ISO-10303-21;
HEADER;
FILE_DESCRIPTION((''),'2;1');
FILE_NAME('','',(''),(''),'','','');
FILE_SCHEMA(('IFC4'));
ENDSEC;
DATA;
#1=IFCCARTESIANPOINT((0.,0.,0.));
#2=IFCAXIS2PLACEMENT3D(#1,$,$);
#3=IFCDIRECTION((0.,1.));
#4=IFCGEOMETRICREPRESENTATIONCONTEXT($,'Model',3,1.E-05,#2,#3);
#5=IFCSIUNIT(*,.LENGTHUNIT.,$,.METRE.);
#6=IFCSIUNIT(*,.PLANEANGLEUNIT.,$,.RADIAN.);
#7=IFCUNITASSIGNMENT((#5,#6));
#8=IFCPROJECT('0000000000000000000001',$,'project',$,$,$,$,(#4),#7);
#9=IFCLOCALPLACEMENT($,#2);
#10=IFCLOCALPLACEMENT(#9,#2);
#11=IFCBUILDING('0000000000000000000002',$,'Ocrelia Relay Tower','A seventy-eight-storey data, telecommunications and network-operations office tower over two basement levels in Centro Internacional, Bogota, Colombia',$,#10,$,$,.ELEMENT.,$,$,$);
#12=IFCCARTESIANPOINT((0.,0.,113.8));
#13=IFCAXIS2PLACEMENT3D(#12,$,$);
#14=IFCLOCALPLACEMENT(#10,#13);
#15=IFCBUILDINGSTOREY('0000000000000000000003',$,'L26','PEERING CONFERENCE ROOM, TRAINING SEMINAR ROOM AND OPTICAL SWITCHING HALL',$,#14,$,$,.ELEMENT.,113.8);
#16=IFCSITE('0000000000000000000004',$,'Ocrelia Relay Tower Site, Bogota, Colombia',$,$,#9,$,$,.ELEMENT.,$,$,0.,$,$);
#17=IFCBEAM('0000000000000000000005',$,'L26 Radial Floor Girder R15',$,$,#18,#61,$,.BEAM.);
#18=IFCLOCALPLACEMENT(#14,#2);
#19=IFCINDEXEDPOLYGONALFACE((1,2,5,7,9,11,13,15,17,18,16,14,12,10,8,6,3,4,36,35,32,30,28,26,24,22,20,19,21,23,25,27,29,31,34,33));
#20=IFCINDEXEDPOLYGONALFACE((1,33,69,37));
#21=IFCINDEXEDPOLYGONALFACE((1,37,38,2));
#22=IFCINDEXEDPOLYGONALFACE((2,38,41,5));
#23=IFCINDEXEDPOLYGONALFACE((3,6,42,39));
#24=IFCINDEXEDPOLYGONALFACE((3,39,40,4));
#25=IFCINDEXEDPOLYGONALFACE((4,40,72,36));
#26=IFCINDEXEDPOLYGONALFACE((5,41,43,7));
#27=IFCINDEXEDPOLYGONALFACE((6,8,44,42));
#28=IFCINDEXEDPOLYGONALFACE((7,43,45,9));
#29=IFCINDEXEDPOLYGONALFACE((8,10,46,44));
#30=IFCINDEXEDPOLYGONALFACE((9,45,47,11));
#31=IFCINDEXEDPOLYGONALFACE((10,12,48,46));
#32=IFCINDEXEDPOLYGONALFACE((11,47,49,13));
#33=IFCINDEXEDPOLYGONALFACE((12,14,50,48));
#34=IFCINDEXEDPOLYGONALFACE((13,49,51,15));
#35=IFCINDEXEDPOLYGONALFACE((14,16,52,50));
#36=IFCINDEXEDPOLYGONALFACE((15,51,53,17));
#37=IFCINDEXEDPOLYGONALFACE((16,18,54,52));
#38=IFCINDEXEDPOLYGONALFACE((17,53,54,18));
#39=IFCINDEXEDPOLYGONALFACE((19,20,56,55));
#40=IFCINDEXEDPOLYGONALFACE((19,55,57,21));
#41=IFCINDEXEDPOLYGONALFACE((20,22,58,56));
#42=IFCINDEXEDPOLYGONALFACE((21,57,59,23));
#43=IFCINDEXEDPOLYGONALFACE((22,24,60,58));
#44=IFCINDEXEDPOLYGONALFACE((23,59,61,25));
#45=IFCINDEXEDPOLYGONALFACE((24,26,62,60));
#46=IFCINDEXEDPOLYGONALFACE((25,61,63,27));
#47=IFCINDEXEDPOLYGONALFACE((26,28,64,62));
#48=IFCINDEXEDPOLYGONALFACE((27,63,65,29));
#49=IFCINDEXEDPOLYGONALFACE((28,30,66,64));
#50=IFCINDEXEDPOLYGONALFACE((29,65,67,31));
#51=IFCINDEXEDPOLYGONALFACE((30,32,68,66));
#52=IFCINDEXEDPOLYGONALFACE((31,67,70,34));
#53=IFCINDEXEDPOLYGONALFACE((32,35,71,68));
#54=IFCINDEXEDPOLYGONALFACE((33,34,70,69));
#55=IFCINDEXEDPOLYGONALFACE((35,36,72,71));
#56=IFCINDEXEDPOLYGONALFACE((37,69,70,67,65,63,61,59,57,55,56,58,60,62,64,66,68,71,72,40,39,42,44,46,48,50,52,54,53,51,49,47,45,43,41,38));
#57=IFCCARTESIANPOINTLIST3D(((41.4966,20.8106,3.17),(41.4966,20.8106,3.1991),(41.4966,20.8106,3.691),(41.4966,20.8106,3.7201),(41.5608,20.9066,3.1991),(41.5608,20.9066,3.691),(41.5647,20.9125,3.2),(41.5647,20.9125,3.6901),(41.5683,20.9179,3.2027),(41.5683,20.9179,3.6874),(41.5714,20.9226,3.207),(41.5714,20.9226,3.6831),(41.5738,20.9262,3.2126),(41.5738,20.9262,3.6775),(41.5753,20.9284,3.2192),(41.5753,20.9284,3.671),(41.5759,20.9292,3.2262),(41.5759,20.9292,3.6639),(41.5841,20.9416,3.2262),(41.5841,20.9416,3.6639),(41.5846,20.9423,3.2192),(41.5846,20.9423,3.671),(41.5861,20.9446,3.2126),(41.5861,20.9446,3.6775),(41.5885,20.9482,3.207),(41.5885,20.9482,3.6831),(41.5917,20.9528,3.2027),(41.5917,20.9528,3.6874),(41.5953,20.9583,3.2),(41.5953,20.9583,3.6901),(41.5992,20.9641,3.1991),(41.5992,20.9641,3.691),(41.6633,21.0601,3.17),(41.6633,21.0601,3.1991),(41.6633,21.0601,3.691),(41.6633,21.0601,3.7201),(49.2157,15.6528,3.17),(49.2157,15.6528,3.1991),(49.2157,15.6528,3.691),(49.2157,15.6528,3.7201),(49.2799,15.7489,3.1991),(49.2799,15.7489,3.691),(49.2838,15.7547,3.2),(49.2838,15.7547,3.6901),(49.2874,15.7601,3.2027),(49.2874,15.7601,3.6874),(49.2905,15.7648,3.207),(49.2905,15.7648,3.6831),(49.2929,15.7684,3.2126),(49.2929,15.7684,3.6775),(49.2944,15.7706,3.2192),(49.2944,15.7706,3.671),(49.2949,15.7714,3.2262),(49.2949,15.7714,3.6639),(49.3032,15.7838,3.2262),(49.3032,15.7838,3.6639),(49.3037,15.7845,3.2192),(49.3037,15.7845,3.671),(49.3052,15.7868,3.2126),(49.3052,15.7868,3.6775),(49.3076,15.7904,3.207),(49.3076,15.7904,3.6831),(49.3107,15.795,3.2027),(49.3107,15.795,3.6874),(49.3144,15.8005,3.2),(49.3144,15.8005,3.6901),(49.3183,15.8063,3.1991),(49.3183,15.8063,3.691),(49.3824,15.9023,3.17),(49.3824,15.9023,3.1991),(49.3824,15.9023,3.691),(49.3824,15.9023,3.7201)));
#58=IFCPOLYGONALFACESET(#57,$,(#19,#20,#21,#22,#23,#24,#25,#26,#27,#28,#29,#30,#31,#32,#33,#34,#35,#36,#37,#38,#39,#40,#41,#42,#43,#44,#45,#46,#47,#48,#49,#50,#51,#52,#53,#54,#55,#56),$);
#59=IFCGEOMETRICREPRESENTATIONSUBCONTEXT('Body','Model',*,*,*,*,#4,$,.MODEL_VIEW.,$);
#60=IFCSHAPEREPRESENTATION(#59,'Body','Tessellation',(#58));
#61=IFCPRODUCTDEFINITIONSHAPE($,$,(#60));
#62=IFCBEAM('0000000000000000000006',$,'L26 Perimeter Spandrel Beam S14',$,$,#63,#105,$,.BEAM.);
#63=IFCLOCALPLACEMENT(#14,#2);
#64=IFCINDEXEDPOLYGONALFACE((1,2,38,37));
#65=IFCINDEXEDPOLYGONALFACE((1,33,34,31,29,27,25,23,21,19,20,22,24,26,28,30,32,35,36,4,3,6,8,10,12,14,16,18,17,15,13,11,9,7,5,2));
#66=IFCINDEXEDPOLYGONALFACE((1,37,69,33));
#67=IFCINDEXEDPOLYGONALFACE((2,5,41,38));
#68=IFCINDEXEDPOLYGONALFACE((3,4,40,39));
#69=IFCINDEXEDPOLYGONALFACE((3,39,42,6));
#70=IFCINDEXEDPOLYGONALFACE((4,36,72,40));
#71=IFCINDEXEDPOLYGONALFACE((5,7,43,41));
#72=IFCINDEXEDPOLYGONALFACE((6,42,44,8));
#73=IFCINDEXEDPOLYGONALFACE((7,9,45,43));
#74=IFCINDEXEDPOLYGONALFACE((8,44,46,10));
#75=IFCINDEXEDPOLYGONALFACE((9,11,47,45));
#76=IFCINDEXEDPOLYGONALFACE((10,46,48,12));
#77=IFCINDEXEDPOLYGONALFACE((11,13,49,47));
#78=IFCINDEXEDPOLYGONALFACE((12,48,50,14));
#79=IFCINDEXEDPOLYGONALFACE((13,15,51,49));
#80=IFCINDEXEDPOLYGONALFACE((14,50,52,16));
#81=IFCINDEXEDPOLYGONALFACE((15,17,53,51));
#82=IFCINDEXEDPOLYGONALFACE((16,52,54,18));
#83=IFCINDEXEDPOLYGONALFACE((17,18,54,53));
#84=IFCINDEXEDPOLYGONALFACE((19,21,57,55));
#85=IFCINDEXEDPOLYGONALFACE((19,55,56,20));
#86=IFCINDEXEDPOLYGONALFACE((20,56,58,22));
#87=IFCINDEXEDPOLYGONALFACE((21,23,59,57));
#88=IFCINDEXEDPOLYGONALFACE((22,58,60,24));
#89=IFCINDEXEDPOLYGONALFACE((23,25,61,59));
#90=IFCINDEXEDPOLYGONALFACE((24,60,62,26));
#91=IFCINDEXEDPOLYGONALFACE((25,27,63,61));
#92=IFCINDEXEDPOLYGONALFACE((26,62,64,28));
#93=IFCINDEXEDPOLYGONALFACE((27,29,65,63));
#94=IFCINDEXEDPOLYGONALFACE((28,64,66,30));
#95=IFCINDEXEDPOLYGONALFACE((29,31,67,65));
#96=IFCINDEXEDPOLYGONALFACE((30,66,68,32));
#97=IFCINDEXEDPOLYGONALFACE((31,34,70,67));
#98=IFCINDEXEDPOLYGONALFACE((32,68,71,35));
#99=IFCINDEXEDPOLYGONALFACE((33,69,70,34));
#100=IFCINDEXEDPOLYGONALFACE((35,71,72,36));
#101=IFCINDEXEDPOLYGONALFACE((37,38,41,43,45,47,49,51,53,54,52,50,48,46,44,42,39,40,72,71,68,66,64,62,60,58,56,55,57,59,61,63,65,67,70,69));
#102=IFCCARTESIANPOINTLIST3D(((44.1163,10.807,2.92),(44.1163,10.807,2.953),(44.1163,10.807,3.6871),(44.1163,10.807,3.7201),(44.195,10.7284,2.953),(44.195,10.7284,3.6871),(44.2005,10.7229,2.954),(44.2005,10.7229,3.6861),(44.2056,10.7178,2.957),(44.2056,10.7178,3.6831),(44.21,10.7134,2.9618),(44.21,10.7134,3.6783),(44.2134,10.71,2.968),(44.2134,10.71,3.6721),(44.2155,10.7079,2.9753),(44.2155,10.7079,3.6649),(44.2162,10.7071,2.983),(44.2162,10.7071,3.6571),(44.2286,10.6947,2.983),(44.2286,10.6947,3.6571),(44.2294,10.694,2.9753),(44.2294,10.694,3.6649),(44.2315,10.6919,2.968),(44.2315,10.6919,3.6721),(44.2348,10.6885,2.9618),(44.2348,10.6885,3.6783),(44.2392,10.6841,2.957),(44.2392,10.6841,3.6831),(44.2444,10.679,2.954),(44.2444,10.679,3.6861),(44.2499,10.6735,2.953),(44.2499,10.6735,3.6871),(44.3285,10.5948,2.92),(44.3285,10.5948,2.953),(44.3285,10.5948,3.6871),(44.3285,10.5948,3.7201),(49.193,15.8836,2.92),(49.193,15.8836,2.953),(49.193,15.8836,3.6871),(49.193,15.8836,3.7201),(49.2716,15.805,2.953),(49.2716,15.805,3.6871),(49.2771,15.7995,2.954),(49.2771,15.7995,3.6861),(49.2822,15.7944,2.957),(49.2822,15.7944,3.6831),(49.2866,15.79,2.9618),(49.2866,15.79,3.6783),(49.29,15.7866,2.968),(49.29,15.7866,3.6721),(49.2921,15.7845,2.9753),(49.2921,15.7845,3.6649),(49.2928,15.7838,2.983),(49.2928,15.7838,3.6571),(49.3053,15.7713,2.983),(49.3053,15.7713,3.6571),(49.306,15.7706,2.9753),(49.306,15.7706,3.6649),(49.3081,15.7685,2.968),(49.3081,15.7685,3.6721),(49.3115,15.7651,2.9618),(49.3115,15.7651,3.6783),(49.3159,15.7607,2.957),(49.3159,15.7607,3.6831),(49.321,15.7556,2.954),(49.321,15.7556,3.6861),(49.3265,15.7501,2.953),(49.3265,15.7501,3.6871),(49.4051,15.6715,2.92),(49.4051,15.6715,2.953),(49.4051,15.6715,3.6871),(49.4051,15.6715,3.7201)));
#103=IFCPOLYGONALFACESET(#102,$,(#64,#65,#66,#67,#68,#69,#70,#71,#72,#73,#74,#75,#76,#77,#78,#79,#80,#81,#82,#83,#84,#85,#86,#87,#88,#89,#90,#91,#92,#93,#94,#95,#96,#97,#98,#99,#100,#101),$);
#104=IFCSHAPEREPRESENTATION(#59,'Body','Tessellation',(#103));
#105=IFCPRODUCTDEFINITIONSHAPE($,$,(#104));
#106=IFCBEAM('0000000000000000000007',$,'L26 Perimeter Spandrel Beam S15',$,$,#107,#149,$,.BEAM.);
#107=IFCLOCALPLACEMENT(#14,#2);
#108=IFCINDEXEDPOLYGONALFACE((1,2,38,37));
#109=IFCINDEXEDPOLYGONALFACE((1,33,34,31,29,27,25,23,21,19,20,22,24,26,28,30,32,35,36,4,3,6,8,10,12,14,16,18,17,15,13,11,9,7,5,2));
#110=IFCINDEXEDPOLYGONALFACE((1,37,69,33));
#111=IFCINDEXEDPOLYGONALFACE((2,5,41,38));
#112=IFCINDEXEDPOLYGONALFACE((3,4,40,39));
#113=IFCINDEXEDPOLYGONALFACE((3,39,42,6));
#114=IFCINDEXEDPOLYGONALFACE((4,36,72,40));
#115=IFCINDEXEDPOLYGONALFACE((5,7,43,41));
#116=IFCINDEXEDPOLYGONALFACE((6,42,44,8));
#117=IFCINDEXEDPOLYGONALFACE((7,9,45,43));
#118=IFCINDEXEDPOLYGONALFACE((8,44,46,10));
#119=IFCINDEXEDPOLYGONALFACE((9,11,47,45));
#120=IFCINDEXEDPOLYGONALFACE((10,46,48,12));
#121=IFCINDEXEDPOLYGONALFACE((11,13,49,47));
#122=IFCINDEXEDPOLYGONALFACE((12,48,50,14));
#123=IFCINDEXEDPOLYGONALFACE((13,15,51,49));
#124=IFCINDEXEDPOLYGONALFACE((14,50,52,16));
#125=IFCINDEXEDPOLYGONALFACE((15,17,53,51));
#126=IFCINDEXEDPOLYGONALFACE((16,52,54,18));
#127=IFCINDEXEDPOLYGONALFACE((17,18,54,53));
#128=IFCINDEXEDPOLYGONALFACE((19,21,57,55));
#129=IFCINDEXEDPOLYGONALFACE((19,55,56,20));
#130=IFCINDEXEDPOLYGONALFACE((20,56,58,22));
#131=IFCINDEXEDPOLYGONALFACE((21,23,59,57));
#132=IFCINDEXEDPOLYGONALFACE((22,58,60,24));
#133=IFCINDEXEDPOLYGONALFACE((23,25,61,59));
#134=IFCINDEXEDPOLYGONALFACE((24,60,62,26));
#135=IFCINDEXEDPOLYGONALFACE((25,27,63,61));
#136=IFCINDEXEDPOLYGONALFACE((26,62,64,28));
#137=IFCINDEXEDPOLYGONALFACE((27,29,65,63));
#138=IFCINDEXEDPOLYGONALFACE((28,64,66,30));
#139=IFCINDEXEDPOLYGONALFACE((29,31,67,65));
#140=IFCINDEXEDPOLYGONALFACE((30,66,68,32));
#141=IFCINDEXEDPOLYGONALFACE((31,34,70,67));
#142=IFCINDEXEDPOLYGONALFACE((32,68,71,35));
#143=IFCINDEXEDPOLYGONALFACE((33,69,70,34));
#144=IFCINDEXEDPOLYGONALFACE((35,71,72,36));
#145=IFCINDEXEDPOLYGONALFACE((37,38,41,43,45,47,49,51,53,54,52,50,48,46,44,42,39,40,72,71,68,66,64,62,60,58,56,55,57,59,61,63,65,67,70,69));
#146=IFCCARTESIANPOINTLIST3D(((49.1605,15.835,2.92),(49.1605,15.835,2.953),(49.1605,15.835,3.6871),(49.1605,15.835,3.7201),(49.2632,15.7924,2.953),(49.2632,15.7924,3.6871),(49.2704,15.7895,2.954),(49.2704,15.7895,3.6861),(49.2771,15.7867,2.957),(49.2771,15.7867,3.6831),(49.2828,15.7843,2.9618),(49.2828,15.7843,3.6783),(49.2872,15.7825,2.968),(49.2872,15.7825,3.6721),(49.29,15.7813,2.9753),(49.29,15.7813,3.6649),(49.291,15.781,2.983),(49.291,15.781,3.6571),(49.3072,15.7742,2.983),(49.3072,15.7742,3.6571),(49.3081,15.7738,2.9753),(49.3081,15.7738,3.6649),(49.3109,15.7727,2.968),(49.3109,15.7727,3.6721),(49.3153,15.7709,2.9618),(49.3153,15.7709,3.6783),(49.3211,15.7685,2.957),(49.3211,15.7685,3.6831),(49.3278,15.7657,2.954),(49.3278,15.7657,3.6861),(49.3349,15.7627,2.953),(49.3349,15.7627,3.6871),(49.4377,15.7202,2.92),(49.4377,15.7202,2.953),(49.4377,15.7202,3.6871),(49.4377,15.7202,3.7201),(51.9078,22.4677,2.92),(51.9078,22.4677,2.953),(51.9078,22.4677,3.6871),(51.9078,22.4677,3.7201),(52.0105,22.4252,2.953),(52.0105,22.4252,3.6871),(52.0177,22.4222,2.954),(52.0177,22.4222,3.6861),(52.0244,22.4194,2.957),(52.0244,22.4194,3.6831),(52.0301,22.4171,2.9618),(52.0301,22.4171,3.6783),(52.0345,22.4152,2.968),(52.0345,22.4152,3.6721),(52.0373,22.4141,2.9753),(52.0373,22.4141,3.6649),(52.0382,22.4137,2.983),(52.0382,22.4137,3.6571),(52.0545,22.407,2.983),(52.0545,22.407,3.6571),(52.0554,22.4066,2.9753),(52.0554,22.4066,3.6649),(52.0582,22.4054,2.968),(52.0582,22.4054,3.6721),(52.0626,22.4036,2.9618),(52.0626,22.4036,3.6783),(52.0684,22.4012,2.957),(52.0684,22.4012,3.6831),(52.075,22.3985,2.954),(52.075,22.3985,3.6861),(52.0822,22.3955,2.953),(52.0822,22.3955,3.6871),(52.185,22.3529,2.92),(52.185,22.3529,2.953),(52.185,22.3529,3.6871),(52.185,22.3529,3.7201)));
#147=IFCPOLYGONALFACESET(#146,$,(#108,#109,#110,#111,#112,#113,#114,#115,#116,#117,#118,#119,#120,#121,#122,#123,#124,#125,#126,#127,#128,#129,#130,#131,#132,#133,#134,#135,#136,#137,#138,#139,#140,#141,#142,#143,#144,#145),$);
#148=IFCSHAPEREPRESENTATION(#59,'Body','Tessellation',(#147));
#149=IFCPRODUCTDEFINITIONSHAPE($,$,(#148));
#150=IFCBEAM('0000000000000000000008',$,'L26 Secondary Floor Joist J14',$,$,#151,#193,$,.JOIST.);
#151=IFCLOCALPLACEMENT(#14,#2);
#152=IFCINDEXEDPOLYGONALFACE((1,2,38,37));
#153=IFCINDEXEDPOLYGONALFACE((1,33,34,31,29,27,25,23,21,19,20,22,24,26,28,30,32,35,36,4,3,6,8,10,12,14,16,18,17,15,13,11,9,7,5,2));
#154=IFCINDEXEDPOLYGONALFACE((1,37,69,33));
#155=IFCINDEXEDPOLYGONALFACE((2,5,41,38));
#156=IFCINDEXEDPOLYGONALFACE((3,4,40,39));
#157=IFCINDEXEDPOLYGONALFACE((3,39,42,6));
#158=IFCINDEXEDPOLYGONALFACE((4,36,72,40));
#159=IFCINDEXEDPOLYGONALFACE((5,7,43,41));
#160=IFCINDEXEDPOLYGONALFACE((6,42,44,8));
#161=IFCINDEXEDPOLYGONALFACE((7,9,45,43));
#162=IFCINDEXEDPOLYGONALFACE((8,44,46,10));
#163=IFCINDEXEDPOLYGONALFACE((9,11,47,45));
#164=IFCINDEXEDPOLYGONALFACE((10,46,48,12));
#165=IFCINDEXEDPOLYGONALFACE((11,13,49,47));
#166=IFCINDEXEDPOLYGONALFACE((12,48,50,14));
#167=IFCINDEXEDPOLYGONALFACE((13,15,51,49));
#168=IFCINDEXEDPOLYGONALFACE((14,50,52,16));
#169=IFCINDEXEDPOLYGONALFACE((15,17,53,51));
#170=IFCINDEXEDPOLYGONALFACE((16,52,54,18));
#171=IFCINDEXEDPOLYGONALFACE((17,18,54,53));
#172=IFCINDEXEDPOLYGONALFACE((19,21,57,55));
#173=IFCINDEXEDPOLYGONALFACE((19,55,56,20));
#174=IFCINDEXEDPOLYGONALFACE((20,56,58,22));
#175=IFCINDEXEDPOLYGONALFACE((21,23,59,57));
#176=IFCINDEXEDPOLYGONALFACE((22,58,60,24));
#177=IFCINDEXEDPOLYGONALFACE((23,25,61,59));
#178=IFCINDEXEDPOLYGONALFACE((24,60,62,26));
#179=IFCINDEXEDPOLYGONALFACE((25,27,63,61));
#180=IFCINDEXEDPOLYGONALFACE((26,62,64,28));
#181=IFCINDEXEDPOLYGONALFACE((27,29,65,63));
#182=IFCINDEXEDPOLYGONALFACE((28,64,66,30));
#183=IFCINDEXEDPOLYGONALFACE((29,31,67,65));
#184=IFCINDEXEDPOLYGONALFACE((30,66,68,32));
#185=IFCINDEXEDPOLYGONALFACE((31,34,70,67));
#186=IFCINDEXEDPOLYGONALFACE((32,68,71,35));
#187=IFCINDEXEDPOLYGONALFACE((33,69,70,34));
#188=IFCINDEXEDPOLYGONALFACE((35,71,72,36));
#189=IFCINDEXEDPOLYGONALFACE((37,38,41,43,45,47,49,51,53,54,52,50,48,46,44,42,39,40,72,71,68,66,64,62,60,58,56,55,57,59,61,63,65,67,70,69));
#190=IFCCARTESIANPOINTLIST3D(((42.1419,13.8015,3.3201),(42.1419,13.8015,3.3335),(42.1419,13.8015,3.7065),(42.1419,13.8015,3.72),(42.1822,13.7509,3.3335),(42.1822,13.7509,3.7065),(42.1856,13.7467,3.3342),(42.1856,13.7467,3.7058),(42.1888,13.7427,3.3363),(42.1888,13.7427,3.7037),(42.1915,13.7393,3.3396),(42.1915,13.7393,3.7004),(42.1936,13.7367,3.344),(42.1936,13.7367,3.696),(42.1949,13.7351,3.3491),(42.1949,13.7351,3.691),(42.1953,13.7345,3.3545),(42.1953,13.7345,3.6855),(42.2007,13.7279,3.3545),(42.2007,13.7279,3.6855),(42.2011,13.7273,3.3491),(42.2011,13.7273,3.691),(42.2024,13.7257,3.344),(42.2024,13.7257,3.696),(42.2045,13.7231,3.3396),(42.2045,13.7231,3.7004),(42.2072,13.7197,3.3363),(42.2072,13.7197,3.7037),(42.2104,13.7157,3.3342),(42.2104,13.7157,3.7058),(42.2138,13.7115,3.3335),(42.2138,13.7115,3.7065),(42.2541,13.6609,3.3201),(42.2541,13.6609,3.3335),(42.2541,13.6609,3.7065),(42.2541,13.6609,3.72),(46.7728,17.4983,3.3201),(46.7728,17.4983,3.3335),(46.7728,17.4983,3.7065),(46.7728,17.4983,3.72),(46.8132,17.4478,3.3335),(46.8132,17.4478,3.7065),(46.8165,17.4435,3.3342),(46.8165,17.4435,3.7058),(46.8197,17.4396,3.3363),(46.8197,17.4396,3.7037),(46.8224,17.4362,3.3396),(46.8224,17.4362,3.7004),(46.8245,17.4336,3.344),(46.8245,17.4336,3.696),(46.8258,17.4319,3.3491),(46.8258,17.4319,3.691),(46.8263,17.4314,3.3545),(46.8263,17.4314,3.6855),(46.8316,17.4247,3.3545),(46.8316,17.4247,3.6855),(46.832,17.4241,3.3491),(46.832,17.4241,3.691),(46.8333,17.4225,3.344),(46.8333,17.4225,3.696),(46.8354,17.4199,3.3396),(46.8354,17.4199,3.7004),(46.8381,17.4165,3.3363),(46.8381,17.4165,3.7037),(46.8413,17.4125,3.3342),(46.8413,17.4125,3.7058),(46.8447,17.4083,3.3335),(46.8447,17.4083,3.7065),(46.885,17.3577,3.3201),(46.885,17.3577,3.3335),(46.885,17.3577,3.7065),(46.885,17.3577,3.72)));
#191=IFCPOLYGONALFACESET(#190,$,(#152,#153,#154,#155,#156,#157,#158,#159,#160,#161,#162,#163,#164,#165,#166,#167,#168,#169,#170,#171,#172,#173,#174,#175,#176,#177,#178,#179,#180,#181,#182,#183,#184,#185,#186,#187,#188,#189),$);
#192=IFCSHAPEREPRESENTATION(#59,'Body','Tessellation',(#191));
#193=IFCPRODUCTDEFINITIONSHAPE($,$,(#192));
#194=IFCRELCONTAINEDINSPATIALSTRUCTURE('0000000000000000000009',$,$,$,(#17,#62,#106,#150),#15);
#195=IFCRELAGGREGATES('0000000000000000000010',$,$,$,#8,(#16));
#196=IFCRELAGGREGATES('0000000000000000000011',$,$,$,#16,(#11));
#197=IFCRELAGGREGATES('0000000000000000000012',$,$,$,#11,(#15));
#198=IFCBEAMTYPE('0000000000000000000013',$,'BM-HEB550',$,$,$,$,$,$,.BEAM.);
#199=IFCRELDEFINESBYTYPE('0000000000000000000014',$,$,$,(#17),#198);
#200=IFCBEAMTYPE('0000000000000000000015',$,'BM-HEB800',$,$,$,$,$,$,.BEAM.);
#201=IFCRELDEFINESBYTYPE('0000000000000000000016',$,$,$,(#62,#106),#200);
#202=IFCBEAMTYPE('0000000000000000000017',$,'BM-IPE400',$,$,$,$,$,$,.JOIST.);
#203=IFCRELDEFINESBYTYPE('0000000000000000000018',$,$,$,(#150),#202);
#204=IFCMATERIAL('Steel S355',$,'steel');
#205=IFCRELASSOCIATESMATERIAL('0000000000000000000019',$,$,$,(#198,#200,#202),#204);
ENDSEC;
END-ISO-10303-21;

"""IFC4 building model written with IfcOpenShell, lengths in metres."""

from ifc_helpers import new_model, si_unit, direction, frame, origin, origin_2d, place, context, subcontext, project, spatial, i_section, extrude, material, material_profile, profile_set, type_object, element, save


model = new_model("IFC4")

# Units and contexts
model_context = context("Model", 3, precision=1e-05, world=origin(), true_north=direction((0.0, 1.0)))
body_context = subcontext(model_context, "Body", "Model", "MODEL_VIEW")
ifc_project = project(units=[si_unit("LENGTHUNIT", "METRE"), si_unit("PLANEANGLEUNIT", "RADIAN")], contexts=[model_context])

# Site, building, storey
site_placement = place(None, origin())
site = spatial("IfcSite", under=ifc_project, at=site_placement, Name="Ocrelia Relay Tower Site, Bogota, Colombia", CompositionType="ELEMENT", RefElevation=0.0)
building_placement = place(site_placement, origin())
building = spatial("IfcBuilding", under=site, at=building_placement, Name="Ocrelia Relay Tower", Description="A seventy-eight-storey data, telecommunications and network-operations office tower over two basement levels in Centro Internacional, Bogota, Colombia", CompositionType="ELEMENT")
storey_placement = place(building_placement, frame((0.0, 0.0, 113.8)))
storey = spatial("IfcBuildingStorey", under=building, at=storey_placement, Name="L26", Description="PEERING CONFERENCE ROOM, TRAINING SEMINAR ROOM AND OPTICAL SWITCHING HALL", CompositionType="ELEMENT", Elevation=113.8)

# Beams
ifc_material_1 = material(Name="Steel S355", Category="steel")
ifc_material_profile_1 = material_profile(ifc_material_1, i_section(OverallWidth=0.3, OverallDepth=0.55, WebThickness=0.0149, FlangeThickness=0.0291, FilletRadius=0.0271, at=origin_2d()), Name="HEB 550")
ifc_profile_set_1 = profile_set([ifc_material_profile_1], Name="Steel S355")
beam_type_1 = type_object("IfcBeamType", Name="BM-HEB550", PredefinedType="BEAM", material=ifc_profile_set_1)
beam_1_placement = place(storey_placement, frame((49.2991, 15.7776, 3.4451), z_axis=(-0.831467, 0.555574, 0.0), x_axis=(-0.555574, -0.831467, 0.0)))
element("IfcBeam", 1, at=beam_1_placement, inside=storey, type_object=beam_type_1, Name="L26 Radial Floor Girder R15", PredefinedType="BEAM", context=body_context, shape_type="SweptSolid", body=[
    extrude(i_section(OverallWidth=0.3, OverallDepth=0.55, WebThickness=0.0149, FlangeThickness=0.0291, FilletRadius=0.0271, at=origin_2d()), origin(), (0.0, 0.0, 1.0), 9.2837),
])
ifc_material_profile_2 = material_profile(ifc_material_1, i_section(OverallWidth=0.3, OverallDepth=0.8, WebThickness=0.0176, FlangeThickness=0.033, FilletRadius=0.03, at=origin_2d()), Name="HEB 800")
ifc_profile_set_2 = profile_set([ifc_material_profile_2], Name="Steel S355")
beam_type_2 = type_object("IfcBeamType", Name="BM-HEB800", PredefinedType="BEAM", material=ifc_profile_set_2)
beam_2_placement = place(storey_placement, frame((44.2224, 10.7009, 3.3201), z_axis=(0.707107, 0.707107, 0.0), x_axis=(-0.707107, 0.707107, 0.0)))
element("IfcBeam", 2, at=beam_2_placement, inside=storey, type_object=beam_type_2, Name="L26 Perimeter Spandrel Beam S14", PredefinedType="BEAM", context=body_context, shape_type="SweptSolid", body=[
    extrude(i_section(OverallWidth=0.3, OverallDepth=0.8, WebThickness=0.0176, FlangeThickness=0.033, FilletRadius=0.03, at=origin_2d()), origin(), (0.0, 0.0, 1.0), 7.1794),
])
beam_3_placement = place(storey_placement, frame((49.2991, 15.7776, 3.3201), z_axis=(0.382673, 0.923884, 0.0), x_axis=(-0.923884, 0.382673, 0.0)))
element("IfcBeam", 3, at=beam_3_placement, inside=storey, type_object=beam_type_2, Name="L26 Perimeter Spandrel Beam S15", PredefinedType="BEAM", context=body_context, shape_type="SweptSolid", body=[
    extrude(i_section(OverallWidth=0.3, OverallDepth=0.8, WebThickness=0.0176, FlangeThickness=0.033, FilletRadius=0.03, at=origin_2d()), origin(), (0.0, 0.0, 1.0), 7.1792),
])
ifc_material_profile_3 = material_profile(ifc_material_1, i_section(OverallWidth=0.1799, OverallDepth=0.3999, WebThickness=0.0085, FlangeThickness=0.0134, FilletRadius=0.021, at=origin_2d()), Name="IPE 400")
ifc_profile_set_3 = profile_set([ifc_material_profile_3], Name="Steel S355")
beam_type_3 = type_object("IfcBeamType", Name="BM-IPE400", PredefinedType="JOIST", material=ifc_profile_set_3)
beam_4_placement = place(storey_placement, frame((42.198, 13.7312, 3.52), z_axis=(0.78152, 0.623881, 0.0), x_axis=(-0.623881, 0.78152, 0.0)))
element("IfcBeam", 4, at=beam_4_placement, inside=storey, type_object=beam_type_3, Name="L26 Secondary Floor Joist J14", PredefinedType="JOIST", context=body_context, shape_type="SweptSolid", body=[
    extrude(i_section(OverallWidth=0.1799, OverallDepth=0.3999, WebThickness=0.0085, FlangeThickness=0.0134, FilletRadius=0.021, at=origin_2d()), origin(), (0.0, 0.0, 1.0), 5.9255),
])

save(model, "model.ifc")
